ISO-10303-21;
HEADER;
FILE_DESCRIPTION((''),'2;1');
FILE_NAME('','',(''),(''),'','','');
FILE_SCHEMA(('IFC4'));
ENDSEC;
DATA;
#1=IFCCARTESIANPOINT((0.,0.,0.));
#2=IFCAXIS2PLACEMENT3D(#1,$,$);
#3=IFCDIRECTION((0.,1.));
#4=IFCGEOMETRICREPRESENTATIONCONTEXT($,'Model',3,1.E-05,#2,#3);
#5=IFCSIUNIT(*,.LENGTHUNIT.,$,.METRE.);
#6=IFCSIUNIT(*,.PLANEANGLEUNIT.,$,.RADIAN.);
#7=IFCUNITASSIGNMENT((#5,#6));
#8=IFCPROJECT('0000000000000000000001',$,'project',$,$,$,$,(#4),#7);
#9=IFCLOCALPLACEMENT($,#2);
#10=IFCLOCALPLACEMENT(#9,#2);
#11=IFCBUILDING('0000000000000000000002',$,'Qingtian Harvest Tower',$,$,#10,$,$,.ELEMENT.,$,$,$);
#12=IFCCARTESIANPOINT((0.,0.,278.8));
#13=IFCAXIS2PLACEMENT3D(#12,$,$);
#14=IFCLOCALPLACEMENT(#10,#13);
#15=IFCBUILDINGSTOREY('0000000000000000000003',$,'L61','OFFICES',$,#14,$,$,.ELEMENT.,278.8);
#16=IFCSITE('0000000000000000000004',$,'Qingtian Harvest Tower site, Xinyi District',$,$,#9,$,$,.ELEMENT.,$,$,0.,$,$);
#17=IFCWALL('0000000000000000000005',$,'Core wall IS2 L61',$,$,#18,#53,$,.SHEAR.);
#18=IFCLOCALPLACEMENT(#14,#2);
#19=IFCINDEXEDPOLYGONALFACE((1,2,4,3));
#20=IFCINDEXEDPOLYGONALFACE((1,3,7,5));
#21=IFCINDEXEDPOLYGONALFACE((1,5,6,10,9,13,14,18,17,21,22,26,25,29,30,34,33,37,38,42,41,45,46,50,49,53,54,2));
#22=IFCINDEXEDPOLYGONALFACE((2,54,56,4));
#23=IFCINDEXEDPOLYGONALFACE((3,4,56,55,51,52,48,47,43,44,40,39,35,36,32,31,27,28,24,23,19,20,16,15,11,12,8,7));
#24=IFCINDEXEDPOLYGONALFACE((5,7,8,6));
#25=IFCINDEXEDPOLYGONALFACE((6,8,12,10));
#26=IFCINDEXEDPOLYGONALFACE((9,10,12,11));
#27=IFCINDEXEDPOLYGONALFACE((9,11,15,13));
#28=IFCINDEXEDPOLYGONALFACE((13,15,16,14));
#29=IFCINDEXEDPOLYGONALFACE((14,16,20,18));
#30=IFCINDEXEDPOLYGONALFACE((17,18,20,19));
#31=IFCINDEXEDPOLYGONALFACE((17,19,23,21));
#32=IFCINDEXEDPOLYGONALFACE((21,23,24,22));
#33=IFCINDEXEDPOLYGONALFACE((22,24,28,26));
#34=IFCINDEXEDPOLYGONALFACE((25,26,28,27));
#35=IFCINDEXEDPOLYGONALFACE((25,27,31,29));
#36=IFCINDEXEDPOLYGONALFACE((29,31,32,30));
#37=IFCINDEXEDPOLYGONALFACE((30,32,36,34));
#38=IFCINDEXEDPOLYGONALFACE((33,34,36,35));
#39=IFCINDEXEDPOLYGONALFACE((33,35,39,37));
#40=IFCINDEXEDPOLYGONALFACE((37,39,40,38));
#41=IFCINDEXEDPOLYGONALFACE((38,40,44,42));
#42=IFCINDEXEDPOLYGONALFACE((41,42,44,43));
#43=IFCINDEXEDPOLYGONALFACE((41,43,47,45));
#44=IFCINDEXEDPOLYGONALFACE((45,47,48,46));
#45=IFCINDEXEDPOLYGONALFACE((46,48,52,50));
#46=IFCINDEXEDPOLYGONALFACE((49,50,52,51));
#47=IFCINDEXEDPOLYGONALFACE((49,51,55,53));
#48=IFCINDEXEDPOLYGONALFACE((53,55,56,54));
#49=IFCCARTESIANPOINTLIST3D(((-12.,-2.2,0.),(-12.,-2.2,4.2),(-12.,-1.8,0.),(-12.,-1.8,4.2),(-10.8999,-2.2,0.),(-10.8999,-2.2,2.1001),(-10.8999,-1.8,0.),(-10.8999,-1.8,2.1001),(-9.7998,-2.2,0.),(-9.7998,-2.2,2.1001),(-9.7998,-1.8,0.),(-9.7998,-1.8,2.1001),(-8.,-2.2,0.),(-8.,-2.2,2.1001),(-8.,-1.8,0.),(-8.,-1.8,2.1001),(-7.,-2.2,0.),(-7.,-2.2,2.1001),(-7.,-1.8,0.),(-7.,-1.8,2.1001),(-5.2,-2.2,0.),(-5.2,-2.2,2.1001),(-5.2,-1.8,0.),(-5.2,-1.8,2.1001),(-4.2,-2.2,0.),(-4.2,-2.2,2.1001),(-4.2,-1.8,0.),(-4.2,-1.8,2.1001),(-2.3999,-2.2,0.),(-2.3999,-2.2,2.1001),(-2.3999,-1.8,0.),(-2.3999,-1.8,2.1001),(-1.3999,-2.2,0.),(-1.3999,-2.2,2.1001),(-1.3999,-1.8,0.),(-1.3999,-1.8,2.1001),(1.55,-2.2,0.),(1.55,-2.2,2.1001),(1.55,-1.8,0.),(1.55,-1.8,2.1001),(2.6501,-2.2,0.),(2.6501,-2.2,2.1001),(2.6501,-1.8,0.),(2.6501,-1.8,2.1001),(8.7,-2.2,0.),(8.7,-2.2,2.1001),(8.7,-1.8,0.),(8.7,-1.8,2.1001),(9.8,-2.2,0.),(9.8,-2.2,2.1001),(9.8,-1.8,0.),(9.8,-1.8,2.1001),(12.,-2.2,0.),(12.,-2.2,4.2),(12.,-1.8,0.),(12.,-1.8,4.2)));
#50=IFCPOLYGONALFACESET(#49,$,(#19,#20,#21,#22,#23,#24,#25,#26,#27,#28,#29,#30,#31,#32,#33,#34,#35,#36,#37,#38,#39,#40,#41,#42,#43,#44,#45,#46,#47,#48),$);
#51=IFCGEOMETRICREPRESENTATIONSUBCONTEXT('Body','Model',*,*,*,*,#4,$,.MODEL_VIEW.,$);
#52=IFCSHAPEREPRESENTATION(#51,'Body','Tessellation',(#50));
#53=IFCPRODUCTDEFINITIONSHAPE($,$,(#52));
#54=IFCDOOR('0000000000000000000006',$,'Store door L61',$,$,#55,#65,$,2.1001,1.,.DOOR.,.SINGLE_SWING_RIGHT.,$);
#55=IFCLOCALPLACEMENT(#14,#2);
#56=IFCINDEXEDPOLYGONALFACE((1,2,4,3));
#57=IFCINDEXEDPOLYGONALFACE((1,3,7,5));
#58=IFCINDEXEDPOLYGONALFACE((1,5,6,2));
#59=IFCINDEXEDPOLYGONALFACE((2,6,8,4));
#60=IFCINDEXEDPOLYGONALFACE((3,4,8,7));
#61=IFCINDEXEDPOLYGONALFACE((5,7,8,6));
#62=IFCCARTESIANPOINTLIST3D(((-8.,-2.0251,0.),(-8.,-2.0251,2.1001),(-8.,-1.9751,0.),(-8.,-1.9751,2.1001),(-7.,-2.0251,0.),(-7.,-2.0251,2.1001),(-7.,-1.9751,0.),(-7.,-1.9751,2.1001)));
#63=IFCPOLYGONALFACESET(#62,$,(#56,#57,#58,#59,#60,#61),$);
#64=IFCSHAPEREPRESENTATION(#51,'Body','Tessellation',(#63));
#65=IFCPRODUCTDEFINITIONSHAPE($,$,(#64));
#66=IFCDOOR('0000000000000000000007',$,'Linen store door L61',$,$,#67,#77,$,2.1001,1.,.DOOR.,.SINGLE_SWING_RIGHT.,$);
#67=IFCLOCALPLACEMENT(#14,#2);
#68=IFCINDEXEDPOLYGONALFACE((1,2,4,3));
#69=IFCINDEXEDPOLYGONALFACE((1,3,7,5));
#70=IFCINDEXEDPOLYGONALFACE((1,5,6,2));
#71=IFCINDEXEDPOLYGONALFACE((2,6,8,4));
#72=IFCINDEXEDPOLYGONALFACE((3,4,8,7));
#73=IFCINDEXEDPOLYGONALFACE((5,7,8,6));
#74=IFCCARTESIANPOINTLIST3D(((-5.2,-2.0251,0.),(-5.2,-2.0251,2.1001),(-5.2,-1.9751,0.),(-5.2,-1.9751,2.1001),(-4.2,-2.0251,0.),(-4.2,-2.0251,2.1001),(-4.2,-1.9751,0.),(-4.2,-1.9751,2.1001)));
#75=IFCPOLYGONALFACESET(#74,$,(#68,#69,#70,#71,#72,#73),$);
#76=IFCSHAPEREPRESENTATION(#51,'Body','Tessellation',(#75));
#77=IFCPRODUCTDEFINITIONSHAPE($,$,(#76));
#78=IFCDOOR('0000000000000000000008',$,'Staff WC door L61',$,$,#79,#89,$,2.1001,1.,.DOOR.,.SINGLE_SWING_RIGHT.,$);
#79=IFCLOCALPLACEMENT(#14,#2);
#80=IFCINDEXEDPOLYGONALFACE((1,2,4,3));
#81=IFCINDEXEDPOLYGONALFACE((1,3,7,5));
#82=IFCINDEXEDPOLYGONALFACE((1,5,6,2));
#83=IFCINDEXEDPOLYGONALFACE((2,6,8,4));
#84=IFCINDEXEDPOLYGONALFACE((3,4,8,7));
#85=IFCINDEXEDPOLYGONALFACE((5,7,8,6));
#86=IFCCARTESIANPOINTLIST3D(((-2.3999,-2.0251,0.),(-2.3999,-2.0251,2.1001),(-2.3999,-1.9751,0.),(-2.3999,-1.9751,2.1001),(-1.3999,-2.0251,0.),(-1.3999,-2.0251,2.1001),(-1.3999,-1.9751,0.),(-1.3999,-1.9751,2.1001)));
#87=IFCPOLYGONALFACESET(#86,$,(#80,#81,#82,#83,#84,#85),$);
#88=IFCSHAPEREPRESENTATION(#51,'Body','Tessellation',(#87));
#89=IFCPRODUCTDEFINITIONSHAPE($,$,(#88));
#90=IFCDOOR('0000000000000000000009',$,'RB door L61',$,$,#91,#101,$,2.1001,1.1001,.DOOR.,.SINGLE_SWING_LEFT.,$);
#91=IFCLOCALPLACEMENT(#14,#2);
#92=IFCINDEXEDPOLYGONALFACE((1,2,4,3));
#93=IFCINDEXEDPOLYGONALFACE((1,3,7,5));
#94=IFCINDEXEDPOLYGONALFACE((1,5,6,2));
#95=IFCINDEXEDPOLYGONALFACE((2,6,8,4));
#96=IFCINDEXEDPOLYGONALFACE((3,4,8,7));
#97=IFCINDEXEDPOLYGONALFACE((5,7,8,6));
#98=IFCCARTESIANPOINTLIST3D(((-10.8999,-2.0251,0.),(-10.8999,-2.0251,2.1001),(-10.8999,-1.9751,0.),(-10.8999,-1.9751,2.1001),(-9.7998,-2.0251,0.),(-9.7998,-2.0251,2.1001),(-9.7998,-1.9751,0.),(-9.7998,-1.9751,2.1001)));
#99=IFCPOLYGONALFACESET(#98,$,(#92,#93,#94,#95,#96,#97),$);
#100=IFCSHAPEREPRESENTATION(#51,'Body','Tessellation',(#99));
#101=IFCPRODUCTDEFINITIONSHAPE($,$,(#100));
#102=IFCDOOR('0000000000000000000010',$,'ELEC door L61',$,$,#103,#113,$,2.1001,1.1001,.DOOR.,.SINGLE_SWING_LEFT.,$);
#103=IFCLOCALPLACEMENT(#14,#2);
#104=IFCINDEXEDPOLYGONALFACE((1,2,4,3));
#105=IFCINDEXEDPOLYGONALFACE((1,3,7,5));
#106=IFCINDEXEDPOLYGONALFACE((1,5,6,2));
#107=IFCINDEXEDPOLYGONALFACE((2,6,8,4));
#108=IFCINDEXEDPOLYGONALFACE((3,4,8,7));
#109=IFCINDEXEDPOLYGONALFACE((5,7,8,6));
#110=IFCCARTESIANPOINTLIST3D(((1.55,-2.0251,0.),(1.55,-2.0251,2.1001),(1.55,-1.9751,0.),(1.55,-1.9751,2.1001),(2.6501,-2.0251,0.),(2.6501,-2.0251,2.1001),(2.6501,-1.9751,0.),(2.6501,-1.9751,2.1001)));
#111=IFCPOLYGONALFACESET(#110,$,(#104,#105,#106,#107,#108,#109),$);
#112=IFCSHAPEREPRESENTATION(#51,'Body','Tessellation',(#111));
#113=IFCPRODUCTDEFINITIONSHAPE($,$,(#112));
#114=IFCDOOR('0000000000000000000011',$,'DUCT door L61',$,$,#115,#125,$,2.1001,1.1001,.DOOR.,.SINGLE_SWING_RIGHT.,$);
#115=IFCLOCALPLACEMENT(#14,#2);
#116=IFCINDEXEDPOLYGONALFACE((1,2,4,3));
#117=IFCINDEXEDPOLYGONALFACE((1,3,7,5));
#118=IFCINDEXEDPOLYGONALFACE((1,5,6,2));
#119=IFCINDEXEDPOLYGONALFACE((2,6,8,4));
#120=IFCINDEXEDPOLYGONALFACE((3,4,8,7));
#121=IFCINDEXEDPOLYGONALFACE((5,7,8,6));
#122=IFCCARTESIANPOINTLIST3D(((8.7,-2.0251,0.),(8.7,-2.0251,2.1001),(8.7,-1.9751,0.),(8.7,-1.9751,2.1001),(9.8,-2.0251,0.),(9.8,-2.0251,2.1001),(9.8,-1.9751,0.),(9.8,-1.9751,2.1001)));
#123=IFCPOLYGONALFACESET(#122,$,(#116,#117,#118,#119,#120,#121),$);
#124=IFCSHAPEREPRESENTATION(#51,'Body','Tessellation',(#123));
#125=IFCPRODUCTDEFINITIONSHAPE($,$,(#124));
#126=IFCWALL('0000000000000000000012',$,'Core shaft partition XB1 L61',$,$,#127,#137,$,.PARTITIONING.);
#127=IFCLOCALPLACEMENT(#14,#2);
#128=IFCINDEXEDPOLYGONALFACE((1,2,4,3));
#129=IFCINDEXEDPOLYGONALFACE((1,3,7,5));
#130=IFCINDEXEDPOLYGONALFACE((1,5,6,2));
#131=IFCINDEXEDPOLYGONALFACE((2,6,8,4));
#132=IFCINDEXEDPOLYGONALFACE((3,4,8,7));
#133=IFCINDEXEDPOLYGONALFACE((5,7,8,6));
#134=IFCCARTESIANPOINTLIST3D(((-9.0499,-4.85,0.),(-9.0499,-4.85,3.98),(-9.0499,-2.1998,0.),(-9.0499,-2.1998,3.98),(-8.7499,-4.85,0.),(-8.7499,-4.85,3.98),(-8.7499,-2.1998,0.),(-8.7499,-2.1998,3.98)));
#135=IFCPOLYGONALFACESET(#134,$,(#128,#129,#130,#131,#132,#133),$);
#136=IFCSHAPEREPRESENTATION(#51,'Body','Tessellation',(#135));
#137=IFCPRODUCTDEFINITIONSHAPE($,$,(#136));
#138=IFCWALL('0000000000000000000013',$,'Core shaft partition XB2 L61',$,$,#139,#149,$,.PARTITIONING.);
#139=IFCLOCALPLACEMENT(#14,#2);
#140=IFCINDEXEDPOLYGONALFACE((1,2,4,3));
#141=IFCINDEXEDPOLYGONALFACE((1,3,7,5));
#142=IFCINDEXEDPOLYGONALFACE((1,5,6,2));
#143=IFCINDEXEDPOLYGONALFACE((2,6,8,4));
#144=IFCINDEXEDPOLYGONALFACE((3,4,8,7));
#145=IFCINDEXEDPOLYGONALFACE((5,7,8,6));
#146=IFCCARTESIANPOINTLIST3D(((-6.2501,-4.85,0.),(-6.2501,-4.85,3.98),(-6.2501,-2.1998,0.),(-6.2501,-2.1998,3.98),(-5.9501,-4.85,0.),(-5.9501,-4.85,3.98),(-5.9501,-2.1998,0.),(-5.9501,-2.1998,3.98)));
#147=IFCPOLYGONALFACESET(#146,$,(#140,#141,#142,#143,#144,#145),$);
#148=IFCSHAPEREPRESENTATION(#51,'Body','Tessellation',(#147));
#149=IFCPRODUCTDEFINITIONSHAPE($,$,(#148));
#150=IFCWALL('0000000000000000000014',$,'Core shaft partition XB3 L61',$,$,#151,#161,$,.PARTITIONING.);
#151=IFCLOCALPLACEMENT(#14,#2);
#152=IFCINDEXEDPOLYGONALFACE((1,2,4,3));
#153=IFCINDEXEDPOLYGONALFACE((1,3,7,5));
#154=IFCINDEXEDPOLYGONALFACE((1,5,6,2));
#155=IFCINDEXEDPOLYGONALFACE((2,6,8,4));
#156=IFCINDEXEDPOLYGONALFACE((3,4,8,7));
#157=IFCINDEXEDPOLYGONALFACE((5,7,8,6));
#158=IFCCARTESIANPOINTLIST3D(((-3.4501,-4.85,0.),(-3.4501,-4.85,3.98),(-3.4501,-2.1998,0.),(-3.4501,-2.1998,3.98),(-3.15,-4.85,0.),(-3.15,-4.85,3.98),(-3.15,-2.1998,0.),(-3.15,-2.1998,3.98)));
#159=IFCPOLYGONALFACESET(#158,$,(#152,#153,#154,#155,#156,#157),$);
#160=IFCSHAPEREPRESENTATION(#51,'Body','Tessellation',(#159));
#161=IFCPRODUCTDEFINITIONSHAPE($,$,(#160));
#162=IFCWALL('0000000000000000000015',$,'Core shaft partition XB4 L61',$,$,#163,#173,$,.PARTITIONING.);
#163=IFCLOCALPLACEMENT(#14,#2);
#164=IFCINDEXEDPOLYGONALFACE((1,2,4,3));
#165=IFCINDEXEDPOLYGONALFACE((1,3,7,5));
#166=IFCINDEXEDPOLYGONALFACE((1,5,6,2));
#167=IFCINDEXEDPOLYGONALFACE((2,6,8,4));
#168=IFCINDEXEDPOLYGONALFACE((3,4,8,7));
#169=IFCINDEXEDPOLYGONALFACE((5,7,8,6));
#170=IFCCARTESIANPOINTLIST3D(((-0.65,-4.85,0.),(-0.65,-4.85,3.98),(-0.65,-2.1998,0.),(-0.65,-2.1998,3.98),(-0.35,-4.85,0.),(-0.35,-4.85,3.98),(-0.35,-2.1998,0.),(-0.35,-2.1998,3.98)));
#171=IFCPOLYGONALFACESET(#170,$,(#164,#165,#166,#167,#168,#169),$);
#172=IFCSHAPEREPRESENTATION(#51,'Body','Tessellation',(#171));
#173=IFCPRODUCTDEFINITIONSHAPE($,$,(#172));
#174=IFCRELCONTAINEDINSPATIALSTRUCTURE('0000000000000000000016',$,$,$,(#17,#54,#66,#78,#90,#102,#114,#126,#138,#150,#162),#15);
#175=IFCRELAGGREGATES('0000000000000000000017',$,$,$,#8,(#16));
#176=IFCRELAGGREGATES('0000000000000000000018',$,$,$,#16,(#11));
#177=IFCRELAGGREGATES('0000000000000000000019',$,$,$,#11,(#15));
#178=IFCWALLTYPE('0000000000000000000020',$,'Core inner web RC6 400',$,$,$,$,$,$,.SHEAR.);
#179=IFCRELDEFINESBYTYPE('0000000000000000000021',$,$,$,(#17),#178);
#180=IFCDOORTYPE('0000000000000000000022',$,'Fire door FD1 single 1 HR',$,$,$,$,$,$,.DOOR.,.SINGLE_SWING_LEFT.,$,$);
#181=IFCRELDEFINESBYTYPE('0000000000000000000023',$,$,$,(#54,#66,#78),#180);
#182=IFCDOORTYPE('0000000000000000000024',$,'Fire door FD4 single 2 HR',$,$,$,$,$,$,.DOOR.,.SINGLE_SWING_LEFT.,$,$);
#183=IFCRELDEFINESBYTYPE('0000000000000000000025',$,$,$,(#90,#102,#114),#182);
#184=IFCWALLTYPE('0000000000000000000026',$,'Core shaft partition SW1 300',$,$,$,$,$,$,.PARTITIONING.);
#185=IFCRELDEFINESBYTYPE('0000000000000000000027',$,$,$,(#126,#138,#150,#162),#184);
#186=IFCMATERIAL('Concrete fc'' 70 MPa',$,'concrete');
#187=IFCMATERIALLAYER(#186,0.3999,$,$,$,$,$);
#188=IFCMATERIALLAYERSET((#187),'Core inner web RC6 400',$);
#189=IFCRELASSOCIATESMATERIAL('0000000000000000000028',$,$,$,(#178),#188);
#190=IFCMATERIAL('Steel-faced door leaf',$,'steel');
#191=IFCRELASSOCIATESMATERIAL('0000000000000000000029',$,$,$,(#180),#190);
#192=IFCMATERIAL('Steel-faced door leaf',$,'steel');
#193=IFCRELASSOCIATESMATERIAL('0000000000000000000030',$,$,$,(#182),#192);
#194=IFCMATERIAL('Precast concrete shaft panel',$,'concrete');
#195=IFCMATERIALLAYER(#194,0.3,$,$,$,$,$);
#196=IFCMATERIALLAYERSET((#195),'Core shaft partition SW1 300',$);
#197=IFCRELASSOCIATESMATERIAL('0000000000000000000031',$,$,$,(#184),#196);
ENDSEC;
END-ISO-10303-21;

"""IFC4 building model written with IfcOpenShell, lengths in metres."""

from ifc_helpers import new_model, si_unit, direction, frame, frame_2d, origin, place, context, subcontext, project, spatial, rectangle, extrude, material, layer, layer_set, type_object, element, fill, save


model = new_model("IFC4")

# Units and contexts
model_context = context("Model", 3, precision=1e-05, world=origin(), true_north=direction((0.0, 1.0)))
body_context = subcontext(model_context, "Body", "Model", "MODEL_VIEW")
ifc_project = project(units=[si_unit("LENGTHUNIT", "METRE"), si_unit("PLANEANGLEUNIT", "RADIAN")], contexts=[model_context])

# Site, building, storey
site_placement = place(None, origin())
site = spatial("IfcSite", under=ifc_project, at=site_placement, Name="Qingtian Harvest Tower site, Xinyi District", CompositionType="ELEMENT", RefElevation=0.0)
building_placement = place(site_placement, origin())
building = spatial("IfcBuilding", under=site, at=building_placement, Name="Qingtian Harvest Tower", CompositionType="ELEMENT")
storey_placement = place(building_placement, frame((0.0, 0.0, 278.8)))
storey = spatial("IfcBuildingStorey", under=building, at=storey_placement, Name="L61", Description="OFFICES", CompositionType="ELEMENT", Elevation=278.8)

# Wall, openings, doors
ifc_material_1 = material(Name="Concrete fc' 70 MPa", Category="concrete")
ifc_layer_1 = layer(ifc_material_1, 0.3999)
ifc_layer_set_1 = layer_set([ifc_layer_1], Name="Core inner web RC6 400")
wall_type_1 = type_object("IfcWallType", Name="Core inner web RC6 400", PredefinedType="SHEAR", material=ifc_layer_set_1)
wall_1_placement = place(storey_placement, frame((-12.0, -2.0, 0.0), z_axis=(0.0, 0.0, 1.0), x_axis=(1.0, 0.0, 0.0)))
wall_1 = element("IfcWall", 1, at=wall_1_placement, inside=storey, type_object=wall_type_1, Name="Core wall IS2 L61", PredefinedType="SHEAR", context=body_context, shape_type="SweptSolid", body=[
    extrude(rectangle(XDim=24.0, YDim=0.3999, at=frame_2d((12.0, 0.0))), origin(), (0.0, 0.0, 1.0), 4.2),
])
opening_1_placement = place(wall_1_placement, frame((1.1001, 0.0, 0.0)))
opening_1 = element("IfcOpeningElement", 2, at=opening_1_placement, cuts=wall_1, PredefinedType="OPENING", context=body_context, shape_type="SweptSolid", body=[
    extrude(rectangle(XDim=1.1001, YDim=2.1001, at=frame_2d((0.55, 1.05))), frame((0.0, 0.21, 0.0), z_axis=(0.0, -1.0, 0.0), x_axis=(1.0, 0.0, 0.0)), (0.0, 0.0, 1.0), 0.4199),
])
opening_2_placement = place(wall_1_placement, frame((13.55, 0.0, 0.0)))
opening_2 = element("IfcOpeningElement", 3, at=opening_2_placement, cuts=wall_1, PredefinedType="OPENING", context=body_context, shape_type="SweptSolid", body=[
    extrude(rectangle(XDim=1.1001, YDim=2.1001, at=frame_2d((0.55, 1.05))), frame((0.0, 0.21, 0.0), z_axis=(0.0, -1.0, 0.0), x_axis=(1.0, 0.0, 0.0)), (0.0, 0.0, 1.0), 0.4199),
])
opening_3_placement = place(wall_1_placement, frame((20.7, 0.0, 0.0)))
opening_3 = element("IfcOpeningElement", 4, at=opening_3_placement, cuts=wall_1, PredefinedType="OPENING", context=body_context, shape_type="SweptSolid", body=[
    extrude(rectangle(XDim=1.1001, YDim=2.1001, at=frame_2d((0.55, 1.05))), frame((0.0, 0.21, 0.0), z_axis=(0.0, -1.0, 0.0), x_axis=(1.0, 0.0, 0.0)), (0.0, 0.0, 1.0), 0.4199),
])
opening_4_placement = place(wall_1_placement, frame((4.0, 0.0, 0.0)))
opening_4 = element("IfcOpeningElement", 5, at=opening_4_placement, cuts=wall_1, PredefinedType="OPENING", context=body_context, shape_type="SweptSolid", body=[
    extrude(rectangle(XDim=1.0, YDim=2.1001, at=frame_2d((0.5, 1.05))), frame((0.0, 0.21, 0.0), z_axis=(0.0, -1.0, 0.0), x_axis=(1.0, 0.0, 0.0)), (0.0, 0.0, 1.0), 0.4199),
])
opening_5_placement = place(wall_1_placement, frame((6.8, 0.0, 0.0)))
opening_5 = element("IfcOpeningElement", 6, at=opening_5_placement, cuts=wall_1, PredefinedType="OPENING", context=body_context, shape_type="SweptSolid", body=[
    extrude(rectangle(XDim=1.0, YDim=2.1001, at=frame_2d((0.5, 1.05))), frame((0.0, 0.21, 0.0), z_axis=(0.0, -1.0, 0.0), x_axis=(1.0, 0.0, 0.0)), (0.0, 0.0, 1.0), 0.4199),
])
opening_6_placement = place(wall_1_placement, frame((9.6001, 0.0, 0.0)))
opening_6 = element("IfcOpeningElement", 7, at=opening_6_placement, cuts=wall_1, PredefinedType="OPENING", context=body_context, shape_type="SweptSolid", body=[
    extrude(rectangle(XDim=1.0, YDim=2.1001, at=frame_2d((0.5, 1.05))), frame((0.0, 0.21, 0.0), z_axis=(0.0, -1.0, 0.0), x_axis=(1.0, 0.0, 0.0)), (0.0, 0.0, 1.0), 0.4199),
])
ifc_material_2 = material(Name="Steel-faced door leaf", Category="steel")
door_type_1 = type_object("IfcDoorType", Name="Fire door FD1 single 1 HR", OperationType="SINGLE_SWING_LEFT", PredefinedType="DOOR", material=ifc_material_2)
door_1_placement = place(opening_4_placement, origin())
door_1 = element("IfcDoor", 8, at=door_1_placement, inside=storey, type_object=door_type_1, Name="Store door L61", OperationType="SINGLE_SWING_RIGHT", OverallHeight=2.1001, OverallWidth=1.0, PredefinedType="DOOR", context=body_context, shape_type="SweptSolid", body=[
    extrude(rectangle(XDim=1.0, YDim=2.1001, at=frame_2d((0.5, 1.05))), frame((0.0, 0.0249, 0.0), z_axis=(0.0, -1.0, 0.0), x_axis=(1.0, 0.0, 0.0)), (0.0, 0.0, 1.0), 0.05),
])
fill(opening_4, door_1)
door_2_placement = place(opening_5_placement, origin())
door_2 = element("IfcDoor", 9, at=door_2_placement, inside=storey, type_object=door_type_1, Name="Linen store door L61", OperationType="SINGLE_SWING_RIGHT", OverallHeight=2.1001, OverallWidth=1.0, PredefinedType="DOOR", context=body_context, shape_type="SweptSolid", body=[
    extrude(rectangle(XDim=1.0, YDim=2.1001, at=frame_2d((0.5, 1.05))), frame((0.0, 0.0249, 0.0), z_axis=(0.0, -1.0, 0.0), x_axis=(1.0, 0.0, 0.0)), (0.0, 0.0, 1.0), 0.05),
])
fill(opening_5, door_2)
door_3_placement = place(opening_6_placement, origin())
door_3 = element("IfcDoor", 10, at=door_3_placement, inside=storey, type_object=door_type_1, Name="Staff WC door L61", OperationType="SINGLE_SWING_RIGHT", OverallHeight=2.1001, OverallWidth=1.0, PredefinedType="DOOR", context=body_context, shape_type="SweptSolid", body=[
    extrude(rectangle(XDim=1.0, YDim=2.1001, at=frame_2d((0.5, 1.05))), frame((0.0, 0.0249, 0.0), z_axis=(0.0, -1.0, 0.0), x_axis=(1.0, 0.0, 0.0)), (0.0, 0.0, 1.0), 0.05),
])
fill(opening_6, door_3)
ifc_material_3 = material(Name="Steel-faced door leaf", Category="steel")
door_type_2 = type_object("IfcDoorType", Name="Fire door FD4 single 2 HR", OperationType="SINGLE_SWING_LEFT", PredefinedType="DOOR", material=ifc_material_3)
door_4_placement = place(opening_1_placement, origin())
door_4 = element("IfcDoor", 11, at=door_4_placement, inside=storey, type_object=door_type_2, Name="RB door L61", OperationType="SINGLE_SWING_LEFT", OverallHeight=2.1001, OverallWidth=1.1001, PredefinedType="DOOR", context=body_context, shape_type="SweptSolid", body=[
    extrude(rectangle(XDim=1.1001, YDim=2.1001, at=frame_2d((0.55, 1.05))), frame((0.0, 0.0249, 0.0), z_axis=(0.0, -1.0, 0.0), x_axis=(1.0, 0.0, 0.0)), (0.0, 0.0, 1.0), 0.05),
])
fill(opening_1, door_4)
door_5_placement = place(opening_2_placement, origin())
door_5 = element("IfcDoor", 12, at=door_5_placement, inside=storey, type_object=door_type_2, Name="ELEC door L61", OperationType="SINGLE_SWING_LEFT", OverallHeight=2.1001, OverallWidth=1.1001, PredefinedType="DOOR", context=body_context, shape_type="SweptSolid", body=[
    extrude(rectangle(XDim=1.1001, YDim=2.1001, at=frame_2d((0.55, 1.05))), frame((0.0, 0.0249, 0.0), z_axis=(0.0, -1.0, 0.0), x_axis=(1.0, 0.0, 0.0)), (0.0, 0.0, 1.0), 0.05),
])
fill(opening_2, door_5)
door_6_placement = place(opening_3_placement, origin())
door_6 = element("IfcDoor", 13, at=door_6_placement, inside=storey, type_object=door_type_2, Name="DUCT door L61", OperationType="SINGLE_SWING_RIGHT", OverallHeight=2.1001, OverallWidth=1.1001, PredefinedType="DOOR", context=body_context, shape_type="SweptSolid", body=[
    extrude(rectangle(XDim=1.1001, YDim=2.1001, at=frame_2d((0.55, 1.05))), frame((0.0, 0.0249, 0.0), z_axis=(0.0, -1.0, 0.0), x_axis=(1.0, 0.0, 0.0)), (0.0, 0.0, 1.0), 0.05),
])
fill(opening_3, door_6)

# Walls
ifc_material_4 = material(Name="Precast concrete shaft panel", Category="concrete")
ifc_layer_2 = layer(ifc_material_4, 0.3)
ifc_layer_set_2 = layer_set([ifc_layer_2], Name="Core shaft partition SW1 300")
wall_type_2 = type_object("IfcWallType", Name="Core shaft partition SW1 300", PredefinedType="PARTITIONING", material=ifc_layer_set_2)
for number, where, z_axis, x_axis, name in (
    (14, (-8.8999, -4.8501, 0.0), (0.0, 0.0, 1.0), (0.0, 1.0, 0.0), "Core shaft partition XB1 L61"),
    (15, (-6.1001, -4.8501, 0.0), (0.0, 0.0, 1.0), (0.0, 1.0, 0.0), "Core shaft partition XB2 L61"),
    (16, (-3.3, -4.8501, 0.0), (0.0, 0.0, 1.0), (0.0, 1.0, 0.0), "Core shaft partition XB3 L61"),
    (17, (-0.5, -4.8501, 0.0), (0.0, 0.0, 1.0), (0.0, 1.0, 0.0), "Core shaft partition XB4 L61"),
):
    element("IfcWall", number, at=place(storey_placement, frame(where, z_axis=z_axis, x_axis=x_axis)), inside=storey, type_object=wall_type_2, Name=name, PredefinedType="PARTITIONING", context=body_context, shape_type="SweptSolid", body=[
        extrude(rectangle(XDim=2.6501, YDim=0.3, at=frame_2d((1.3252, 0.0))), origin(), (0.0, 0.0, 1.0), 3.98),
    ])

save(model, "model.ifc")
